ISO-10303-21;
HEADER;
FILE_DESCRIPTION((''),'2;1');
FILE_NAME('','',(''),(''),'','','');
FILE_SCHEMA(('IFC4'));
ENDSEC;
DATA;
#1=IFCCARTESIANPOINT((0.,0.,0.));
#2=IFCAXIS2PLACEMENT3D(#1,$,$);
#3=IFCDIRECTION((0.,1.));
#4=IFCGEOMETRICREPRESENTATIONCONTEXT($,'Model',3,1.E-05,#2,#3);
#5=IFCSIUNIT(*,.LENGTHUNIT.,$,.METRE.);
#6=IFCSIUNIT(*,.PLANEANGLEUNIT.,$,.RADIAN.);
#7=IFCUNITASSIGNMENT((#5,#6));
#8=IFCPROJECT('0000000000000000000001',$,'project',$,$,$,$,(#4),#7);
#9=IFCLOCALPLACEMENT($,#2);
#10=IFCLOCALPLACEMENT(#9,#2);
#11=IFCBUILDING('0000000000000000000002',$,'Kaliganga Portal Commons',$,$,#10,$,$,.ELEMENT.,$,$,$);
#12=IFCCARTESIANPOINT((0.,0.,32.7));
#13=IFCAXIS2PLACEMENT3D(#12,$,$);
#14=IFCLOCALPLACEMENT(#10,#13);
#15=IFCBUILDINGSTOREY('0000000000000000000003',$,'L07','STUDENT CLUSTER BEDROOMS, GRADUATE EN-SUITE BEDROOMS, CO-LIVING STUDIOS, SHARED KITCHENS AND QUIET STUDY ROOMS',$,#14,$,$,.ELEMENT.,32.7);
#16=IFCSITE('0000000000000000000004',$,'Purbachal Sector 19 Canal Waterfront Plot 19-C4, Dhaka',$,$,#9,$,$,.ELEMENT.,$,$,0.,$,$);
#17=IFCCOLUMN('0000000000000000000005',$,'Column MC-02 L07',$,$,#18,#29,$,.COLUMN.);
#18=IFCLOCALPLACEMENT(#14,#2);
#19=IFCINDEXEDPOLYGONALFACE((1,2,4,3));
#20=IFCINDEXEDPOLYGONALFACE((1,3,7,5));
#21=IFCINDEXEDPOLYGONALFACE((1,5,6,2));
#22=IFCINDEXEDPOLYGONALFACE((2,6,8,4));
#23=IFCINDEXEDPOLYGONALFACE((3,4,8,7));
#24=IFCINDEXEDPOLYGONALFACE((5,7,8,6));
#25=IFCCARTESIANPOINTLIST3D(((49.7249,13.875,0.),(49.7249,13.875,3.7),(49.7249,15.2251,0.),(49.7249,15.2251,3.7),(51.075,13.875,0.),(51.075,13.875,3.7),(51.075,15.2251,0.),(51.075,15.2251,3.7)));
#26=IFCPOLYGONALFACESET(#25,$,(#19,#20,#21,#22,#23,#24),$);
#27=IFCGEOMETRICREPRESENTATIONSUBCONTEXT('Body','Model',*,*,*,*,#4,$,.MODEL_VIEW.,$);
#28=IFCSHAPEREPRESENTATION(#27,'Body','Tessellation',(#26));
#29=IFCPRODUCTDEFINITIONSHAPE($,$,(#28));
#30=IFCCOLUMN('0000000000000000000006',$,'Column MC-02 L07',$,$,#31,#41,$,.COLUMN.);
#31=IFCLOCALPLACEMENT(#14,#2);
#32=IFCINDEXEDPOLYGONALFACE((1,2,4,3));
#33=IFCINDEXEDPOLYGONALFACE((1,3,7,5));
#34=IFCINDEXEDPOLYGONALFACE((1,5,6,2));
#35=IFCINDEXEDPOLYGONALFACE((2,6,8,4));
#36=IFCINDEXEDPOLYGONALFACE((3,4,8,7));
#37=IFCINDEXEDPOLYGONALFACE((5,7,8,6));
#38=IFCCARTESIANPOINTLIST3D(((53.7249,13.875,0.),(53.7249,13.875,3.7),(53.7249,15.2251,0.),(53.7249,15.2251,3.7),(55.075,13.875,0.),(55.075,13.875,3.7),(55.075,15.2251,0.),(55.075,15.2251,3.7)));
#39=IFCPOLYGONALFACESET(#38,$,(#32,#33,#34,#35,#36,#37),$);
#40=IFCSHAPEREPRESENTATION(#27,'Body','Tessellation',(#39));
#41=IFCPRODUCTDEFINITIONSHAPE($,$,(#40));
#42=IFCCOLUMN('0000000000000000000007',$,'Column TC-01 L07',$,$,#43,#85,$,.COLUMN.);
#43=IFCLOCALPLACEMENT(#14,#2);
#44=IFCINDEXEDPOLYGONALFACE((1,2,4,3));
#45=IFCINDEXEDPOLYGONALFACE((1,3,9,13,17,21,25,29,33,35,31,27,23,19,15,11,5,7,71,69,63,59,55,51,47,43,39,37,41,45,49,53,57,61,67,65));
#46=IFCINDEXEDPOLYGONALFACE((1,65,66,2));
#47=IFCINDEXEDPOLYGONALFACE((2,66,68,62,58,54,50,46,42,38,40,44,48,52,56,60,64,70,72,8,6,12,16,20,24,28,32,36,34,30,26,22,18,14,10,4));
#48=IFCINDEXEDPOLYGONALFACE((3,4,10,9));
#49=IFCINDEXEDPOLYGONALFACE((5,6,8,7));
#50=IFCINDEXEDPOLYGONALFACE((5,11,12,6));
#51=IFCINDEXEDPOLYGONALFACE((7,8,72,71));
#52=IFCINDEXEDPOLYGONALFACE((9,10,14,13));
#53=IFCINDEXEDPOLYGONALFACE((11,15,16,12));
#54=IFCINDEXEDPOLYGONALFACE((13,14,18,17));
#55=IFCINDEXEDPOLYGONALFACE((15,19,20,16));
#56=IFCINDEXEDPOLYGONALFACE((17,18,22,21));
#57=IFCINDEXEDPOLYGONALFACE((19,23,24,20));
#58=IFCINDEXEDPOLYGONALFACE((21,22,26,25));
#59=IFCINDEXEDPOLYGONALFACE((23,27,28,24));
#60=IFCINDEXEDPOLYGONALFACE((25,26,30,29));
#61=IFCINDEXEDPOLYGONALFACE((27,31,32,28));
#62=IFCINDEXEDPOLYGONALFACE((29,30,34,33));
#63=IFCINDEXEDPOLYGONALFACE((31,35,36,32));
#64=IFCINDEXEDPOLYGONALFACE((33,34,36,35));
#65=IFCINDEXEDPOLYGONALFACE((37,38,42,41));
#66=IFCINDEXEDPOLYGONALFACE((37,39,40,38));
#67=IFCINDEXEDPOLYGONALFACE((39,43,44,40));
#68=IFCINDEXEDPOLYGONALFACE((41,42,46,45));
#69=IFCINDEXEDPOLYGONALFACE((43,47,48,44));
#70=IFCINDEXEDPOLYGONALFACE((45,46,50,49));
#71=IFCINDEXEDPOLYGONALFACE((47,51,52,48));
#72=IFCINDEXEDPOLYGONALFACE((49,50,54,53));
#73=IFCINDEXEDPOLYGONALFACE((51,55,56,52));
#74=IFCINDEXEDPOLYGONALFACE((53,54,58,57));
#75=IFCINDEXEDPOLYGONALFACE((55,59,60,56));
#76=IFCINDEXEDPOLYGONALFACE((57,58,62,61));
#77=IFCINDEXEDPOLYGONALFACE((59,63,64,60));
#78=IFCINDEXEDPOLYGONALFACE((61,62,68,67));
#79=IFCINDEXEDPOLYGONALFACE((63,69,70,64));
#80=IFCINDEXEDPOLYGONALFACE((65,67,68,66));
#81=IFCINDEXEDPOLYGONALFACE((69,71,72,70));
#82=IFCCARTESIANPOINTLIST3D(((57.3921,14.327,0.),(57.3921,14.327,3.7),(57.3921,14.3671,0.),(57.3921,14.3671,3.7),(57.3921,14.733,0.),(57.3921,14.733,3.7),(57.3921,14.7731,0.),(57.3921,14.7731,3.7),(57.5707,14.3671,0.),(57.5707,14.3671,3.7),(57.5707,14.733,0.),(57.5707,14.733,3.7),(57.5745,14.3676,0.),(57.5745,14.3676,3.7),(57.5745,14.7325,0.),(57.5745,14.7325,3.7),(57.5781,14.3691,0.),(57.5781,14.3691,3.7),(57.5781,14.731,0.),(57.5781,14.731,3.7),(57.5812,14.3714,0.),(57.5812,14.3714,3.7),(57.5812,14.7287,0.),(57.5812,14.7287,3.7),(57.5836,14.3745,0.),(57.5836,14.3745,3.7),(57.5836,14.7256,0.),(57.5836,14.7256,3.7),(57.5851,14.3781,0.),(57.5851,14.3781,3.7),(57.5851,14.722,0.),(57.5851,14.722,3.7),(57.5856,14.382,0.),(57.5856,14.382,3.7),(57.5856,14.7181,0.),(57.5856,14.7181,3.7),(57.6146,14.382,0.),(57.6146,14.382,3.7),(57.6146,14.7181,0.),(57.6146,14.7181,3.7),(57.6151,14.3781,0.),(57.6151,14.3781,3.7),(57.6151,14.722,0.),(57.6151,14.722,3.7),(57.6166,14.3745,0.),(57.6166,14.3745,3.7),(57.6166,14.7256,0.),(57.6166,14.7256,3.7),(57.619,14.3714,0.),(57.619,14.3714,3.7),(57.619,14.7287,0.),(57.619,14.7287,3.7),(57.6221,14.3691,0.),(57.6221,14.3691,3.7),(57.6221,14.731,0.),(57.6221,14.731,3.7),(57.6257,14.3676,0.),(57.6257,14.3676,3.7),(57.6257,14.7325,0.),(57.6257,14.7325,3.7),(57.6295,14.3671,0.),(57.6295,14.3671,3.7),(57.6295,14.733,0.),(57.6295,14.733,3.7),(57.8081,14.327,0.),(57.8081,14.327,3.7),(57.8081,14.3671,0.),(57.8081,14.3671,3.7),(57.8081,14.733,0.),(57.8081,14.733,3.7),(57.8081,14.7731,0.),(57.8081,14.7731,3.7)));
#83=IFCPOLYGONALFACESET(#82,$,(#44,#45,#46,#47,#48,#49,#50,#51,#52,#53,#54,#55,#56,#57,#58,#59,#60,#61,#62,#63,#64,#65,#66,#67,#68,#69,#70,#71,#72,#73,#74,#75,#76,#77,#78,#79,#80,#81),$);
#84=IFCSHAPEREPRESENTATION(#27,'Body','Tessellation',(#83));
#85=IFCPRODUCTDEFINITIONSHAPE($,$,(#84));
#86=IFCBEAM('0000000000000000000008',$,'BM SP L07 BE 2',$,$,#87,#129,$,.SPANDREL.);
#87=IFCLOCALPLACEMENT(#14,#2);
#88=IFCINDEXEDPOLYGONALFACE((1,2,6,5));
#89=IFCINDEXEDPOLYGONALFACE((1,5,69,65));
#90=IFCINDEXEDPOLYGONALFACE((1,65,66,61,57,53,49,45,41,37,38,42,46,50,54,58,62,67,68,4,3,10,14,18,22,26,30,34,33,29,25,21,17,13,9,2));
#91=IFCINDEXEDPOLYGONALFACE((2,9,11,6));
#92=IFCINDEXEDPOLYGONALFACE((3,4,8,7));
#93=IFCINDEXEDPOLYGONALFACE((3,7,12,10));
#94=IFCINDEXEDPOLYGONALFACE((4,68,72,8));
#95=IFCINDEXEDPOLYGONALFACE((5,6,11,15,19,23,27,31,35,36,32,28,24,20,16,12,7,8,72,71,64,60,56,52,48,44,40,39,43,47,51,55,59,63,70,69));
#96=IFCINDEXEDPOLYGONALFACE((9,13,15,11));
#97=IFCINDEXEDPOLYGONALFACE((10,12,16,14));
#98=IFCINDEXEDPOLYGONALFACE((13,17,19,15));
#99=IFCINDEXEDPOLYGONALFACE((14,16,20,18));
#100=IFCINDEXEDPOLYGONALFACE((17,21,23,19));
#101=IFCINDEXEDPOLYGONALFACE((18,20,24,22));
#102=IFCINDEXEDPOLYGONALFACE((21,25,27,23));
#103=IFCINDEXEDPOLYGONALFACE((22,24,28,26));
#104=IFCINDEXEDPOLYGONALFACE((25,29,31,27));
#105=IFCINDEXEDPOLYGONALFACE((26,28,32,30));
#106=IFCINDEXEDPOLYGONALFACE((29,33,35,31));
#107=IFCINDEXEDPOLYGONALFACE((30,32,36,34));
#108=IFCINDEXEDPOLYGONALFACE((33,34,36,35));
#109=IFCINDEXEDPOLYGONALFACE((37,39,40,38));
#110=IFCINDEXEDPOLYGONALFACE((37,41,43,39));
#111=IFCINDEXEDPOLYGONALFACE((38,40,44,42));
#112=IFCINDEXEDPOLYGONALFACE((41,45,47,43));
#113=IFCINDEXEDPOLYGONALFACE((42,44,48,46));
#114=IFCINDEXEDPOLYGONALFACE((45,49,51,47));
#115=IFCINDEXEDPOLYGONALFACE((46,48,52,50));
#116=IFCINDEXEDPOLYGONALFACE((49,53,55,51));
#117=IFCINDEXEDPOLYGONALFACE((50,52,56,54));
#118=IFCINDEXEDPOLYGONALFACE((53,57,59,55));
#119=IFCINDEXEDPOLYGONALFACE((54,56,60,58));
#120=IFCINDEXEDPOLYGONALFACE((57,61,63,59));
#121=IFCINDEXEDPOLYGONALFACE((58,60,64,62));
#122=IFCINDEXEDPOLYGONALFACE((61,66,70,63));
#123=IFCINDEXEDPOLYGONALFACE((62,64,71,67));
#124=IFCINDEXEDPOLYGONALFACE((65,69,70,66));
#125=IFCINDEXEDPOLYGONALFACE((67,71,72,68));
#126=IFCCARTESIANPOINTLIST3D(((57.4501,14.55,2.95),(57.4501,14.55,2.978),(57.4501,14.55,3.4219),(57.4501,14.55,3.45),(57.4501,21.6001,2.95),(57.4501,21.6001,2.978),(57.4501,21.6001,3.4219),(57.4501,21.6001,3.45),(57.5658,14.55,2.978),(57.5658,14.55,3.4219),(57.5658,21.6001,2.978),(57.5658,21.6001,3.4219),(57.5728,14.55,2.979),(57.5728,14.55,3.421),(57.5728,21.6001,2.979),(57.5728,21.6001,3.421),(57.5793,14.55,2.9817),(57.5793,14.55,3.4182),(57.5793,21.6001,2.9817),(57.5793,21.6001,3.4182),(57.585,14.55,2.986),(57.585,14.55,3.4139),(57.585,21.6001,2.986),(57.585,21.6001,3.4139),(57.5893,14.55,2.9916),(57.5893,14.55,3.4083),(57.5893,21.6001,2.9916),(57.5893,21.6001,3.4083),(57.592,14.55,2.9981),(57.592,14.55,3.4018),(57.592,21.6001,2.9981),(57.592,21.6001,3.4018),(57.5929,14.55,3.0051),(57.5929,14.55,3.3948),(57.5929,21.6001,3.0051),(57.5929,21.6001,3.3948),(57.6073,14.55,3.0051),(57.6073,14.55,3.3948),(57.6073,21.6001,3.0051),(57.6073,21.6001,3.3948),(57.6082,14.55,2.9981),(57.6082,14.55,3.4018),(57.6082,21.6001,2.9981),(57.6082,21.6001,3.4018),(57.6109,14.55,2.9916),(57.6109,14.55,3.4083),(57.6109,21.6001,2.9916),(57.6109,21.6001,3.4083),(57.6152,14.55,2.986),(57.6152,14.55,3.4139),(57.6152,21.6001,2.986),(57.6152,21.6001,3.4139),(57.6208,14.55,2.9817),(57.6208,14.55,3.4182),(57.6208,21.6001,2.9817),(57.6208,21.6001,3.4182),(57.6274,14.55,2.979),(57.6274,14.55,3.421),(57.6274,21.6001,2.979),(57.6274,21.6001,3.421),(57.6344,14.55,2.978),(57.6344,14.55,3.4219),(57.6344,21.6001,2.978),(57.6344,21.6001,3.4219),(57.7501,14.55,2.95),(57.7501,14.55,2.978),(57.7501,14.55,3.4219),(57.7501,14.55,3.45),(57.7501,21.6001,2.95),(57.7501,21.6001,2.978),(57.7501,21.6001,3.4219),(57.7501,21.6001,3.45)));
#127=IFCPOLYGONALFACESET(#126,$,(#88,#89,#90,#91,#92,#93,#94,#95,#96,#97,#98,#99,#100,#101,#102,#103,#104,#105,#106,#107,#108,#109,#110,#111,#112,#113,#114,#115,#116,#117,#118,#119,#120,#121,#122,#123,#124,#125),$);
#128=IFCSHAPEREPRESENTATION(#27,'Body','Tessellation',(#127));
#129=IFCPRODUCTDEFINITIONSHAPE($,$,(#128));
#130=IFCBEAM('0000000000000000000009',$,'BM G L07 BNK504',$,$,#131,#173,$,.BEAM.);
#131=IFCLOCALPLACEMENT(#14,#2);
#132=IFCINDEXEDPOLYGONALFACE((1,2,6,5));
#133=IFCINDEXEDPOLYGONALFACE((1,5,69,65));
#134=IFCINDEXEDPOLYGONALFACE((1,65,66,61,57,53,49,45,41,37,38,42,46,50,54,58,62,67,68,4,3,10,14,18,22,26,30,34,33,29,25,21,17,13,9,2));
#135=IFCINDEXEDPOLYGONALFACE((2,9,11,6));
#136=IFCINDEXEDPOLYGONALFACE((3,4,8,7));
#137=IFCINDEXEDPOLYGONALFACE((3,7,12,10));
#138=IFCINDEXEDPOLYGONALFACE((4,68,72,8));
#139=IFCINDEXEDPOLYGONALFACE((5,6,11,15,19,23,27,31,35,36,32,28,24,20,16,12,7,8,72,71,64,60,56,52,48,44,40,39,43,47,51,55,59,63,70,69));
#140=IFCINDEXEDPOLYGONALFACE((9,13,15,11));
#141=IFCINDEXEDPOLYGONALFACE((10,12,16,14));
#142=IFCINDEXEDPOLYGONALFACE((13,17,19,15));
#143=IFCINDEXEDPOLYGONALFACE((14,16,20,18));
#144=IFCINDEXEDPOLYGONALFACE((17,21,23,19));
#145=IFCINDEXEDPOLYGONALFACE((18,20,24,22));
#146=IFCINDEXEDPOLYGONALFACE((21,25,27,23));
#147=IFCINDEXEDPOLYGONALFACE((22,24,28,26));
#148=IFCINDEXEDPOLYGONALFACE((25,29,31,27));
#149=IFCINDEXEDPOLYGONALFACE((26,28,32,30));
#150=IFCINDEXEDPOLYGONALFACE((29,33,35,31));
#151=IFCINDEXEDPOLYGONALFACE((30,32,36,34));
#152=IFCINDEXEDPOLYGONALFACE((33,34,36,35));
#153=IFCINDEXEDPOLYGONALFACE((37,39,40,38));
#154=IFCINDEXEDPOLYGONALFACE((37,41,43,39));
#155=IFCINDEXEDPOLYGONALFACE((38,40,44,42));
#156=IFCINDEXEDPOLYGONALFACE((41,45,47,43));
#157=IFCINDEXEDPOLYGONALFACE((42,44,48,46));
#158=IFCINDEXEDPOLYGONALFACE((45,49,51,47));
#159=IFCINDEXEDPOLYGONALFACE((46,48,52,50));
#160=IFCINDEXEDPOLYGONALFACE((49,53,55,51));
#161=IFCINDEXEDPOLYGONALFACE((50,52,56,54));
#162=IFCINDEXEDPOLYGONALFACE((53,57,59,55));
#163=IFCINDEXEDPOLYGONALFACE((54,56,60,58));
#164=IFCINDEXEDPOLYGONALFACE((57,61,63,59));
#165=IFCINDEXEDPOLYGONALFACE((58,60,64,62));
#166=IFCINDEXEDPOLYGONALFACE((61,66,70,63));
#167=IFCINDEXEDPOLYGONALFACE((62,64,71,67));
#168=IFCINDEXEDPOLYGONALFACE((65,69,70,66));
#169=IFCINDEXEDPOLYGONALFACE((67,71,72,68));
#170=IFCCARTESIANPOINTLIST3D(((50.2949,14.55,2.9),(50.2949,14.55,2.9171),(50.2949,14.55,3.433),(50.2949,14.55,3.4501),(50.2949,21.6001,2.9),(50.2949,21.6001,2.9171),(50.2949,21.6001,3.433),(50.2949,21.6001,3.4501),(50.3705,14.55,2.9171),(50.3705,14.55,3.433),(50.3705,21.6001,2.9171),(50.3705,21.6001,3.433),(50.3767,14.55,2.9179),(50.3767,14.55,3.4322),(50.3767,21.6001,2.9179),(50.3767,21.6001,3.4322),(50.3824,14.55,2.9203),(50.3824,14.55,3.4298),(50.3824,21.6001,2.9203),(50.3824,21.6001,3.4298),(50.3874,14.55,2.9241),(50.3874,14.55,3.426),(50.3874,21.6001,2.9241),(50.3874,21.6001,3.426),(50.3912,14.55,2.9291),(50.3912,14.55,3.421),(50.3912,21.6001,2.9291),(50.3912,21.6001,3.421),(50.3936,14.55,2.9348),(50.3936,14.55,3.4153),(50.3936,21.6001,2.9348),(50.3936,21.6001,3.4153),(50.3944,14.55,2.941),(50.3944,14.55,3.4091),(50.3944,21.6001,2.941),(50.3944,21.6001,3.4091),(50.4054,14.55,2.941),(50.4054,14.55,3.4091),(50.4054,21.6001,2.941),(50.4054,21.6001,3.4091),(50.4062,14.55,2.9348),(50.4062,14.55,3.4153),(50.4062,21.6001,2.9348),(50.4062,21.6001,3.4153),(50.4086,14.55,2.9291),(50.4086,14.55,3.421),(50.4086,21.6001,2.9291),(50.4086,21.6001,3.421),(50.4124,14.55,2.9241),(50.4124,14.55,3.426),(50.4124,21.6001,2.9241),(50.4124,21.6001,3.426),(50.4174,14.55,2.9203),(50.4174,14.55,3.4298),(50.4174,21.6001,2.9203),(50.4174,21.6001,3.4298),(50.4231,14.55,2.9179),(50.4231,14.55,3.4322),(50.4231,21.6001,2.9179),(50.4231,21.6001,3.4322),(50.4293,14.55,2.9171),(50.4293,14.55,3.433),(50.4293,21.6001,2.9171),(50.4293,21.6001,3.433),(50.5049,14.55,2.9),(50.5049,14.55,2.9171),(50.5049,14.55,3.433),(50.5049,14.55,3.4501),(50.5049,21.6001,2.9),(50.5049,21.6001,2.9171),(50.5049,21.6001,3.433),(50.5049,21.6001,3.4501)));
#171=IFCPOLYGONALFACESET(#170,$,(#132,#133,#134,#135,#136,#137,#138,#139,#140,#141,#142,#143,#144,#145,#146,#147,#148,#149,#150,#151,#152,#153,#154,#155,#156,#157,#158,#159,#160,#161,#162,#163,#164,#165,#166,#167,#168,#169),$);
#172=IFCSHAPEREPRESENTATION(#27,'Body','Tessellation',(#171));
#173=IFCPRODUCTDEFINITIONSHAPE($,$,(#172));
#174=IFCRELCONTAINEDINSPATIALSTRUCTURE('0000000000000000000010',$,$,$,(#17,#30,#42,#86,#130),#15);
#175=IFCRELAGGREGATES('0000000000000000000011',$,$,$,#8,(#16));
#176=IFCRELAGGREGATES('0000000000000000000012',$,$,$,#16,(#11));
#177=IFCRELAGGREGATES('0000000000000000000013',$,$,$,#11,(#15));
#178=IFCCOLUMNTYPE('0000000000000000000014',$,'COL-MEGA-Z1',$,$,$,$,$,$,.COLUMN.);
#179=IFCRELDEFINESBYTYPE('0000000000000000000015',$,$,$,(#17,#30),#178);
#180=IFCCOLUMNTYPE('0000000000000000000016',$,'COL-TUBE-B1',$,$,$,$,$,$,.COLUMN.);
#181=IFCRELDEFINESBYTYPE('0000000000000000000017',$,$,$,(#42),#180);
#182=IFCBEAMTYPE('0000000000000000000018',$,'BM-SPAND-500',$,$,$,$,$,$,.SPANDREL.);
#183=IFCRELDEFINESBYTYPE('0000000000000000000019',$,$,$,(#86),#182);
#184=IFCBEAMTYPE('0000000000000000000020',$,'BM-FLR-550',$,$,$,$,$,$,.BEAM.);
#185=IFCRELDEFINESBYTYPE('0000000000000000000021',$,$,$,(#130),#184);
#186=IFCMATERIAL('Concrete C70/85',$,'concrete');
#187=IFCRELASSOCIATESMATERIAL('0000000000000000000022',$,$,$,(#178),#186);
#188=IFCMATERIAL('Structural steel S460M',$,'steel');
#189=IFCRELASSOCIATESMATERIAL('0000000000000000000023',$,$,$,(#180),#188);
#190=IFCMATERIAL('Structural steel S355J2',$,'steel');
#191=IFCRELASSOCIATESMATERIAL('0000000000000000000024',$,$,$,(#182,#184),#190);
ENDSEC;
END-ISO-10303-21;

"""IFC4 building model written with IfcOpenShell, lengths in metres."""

from ifc_helpers import new_model, si_unit, direction, frame, origin, origin_2d, place, context, subcontext, project, spatial, rectangle, i_section, extrude, source, transform, mapped, material, material_profile, profile_set, type_object, element, save


model = new_model("IFC4")

# Units and contexts
model_context = context("Model", 3, precision=1e-05, world=origin(), true_north=direction((0.0, 1.0)))
body_context = subcontext(model_context, "Body", "Model", "MODEL_VIEW")
ifc_project = project(units=[si_unit("LENGTHUNIT", "METRE"), si_unit("PLANEANGLEUNIT", "RADIAN")], contexts=[model_context])

# Site, building, storey
site_placement = place(None, origin())
site = spatial("IfcSite", under=ifc_project, at=site_placement, Name="Purbachal Sector 19 Canal Waterfront Plot 19-C4, Dhaka", CompositionType="ELEMENT", RefElevation=0.0)
building_placement = place(site_placement, origin())
building = spatial("IfcBuilding", under=site, at=building_placement, Name="Kaliganga Portal Commons", CompositionType="ELEMENT")
storey_placement = place(building_placement, frame((0.0, 0.0, 32.7)))
storey = spatial("IfcBuildingStorey", under=building, at=storey_placement, Name="L07", Description="STUDENT CLUSTER BEDROOMS, GRADUATE EN-SUITE BEDROOMS, CO-LIVING STUDIOS, SHARED KITCHENS AND QUIET STUDY ROOMS", CompositionType="ELEMENT", Elevation=32.7)

# Columns
ifc_material_1 = material(Name="Concrete C70/85", Category="concrete")
ifc_material_profile_1 = material_profile(ifc_material_1, rectangle(XDim=1.3501, YDim=1.3501, at=origin_2d()), Name="RC 1350x1350")
ifc_profile_set_1 = profile_set([ifc_material_profile_1], Name="Concrete C70/85")
column_type_1 = type_object("IfcColumnType", Name="COL-MEGA-Z1", PredefinedType="COLUMN", material=ifc_profile_set_1)
shared_shape_1 = source(origin(), body_context, "Body", "SweptSolid", [
    extrude(rectangle(XDim=1.3501, YDim=1.3501, at=origin_2d()), origin(), (0.0, 0.0, 1.0), 3.7),
])
for number, where, z_axis, x_axis, name in (
    (1, (50.3999, 14.55, 0.0), (0.0, 0.0, 1.0), (1.0, 0.0, 0.0), "Column MC-02 L07"),
    (2, (54.3999, 14.55, 0.0), (0.0, 0.0, 1.0), (1.0, 0.0, 0.0), "Column MC-02 L07"),
):
    element("IfcColumn", number, at=place(storey_placement, frame(where, z_axis=z_axis, x_axis=x_axis)), inside=storey, type_object=column_type_1, Name=name, PredefinedType="COLUMN", context=body_context, shape_type="MappedRepresentation", body=[
        mapped(shared_shape_1, transform((0.0, 0.0, 0.0), x_axis=(1.0, 0.0, 0.0), y_axis=(0.0, 1.0, 0.0), z_axis=(0.0, 0.0, 1.0), scale=1.0)),
    ])
ifc_material_2 = material(Name="Structural steel S460M", Category="steel")
ifc_material_profile_2 = material_profile(ifc_material_2, i_section(OverallWidth=0.416, OverallDepth=0.446, WebThickness=0.0291, FlangeThickness=0.04, FilletRadius=0.0149, at=origin_2d()), Name="HD 400x509")
ifc_profile_set_2 = profile_set([ifc_material_profile_2], Name="Structural steel S460M wide-flange")
column_type_2 = type_object("IfcColumnType", Name="COL-TUBE-B1", PredefinedType="COLUMN", material=ifc_profile_set_2)
shared_shape_2 = source(origin(), body_context, "Body", "SweptSolid", [
    extrude(i_section(OverallWidth=0.416, OverallDepth=0.446, WebThickness=0.0291, FlangeThickness=0.04, FilletRadius=0.0149, at=origin_2d()), origin(), (0.0, 0.0, 1.0), 3.7),
])
column_placement = place(storey_placement, frame((57.6001, 14.55, 0.0), z_axis=(0.0, 0.0, 1.0), x_axis=(1.0, 0.0, 0.0)))
element("IfcColumn", 3, at=column_placement, inside=storey, type_object=column_type_2, Name="Column TC-01 L07", PredefinedType="COLUMN", context=body_context, shape_type="MappedRepresentation", body=[
    mapped(shared_shape_2, transform((0.0, 0.0, 0.0), x_axis=(1.0, 0.0, 0.0), y_axis=(0.0, 1.0, 0.0), z_axis=(0.0, 0.0, 1.0), scale=1.0)),
])

# Beams
ifc_material_3 = material(Name="Structural steel S355J2", Category="steel")
ifc_material_profile_3 = material_profile(ifc_material_3, i_section(OverallWidth=0.3, OverallDepth=0.5, WebThickness=0.0144, FlangeThickness=0.0281, FilletRadius=0.0271, at=origin_2d()), Name="HE 500 B")
ifc_profile_set_3 = profile_set([ifc_material_profile_3], Name="Structural steel S355J2 wide-flange")
beam_type_1 = type_object("IfcBeamType", Name="BM-SPAND-500", PredefinedType="SPANDREL", material=ifc_profile_set_3)
shared_shape_3 = source(origin(), body_context, "Body", "SweptSolid", [
    extrude(i_section(OverallWidth=0.3, OverallDepth=0.5, WebThickness=0.0144, FlangeThickness=0.0281, FilletRadius=0.0271, at=origin_2d()), origin(), (0.0, 0.0, 1.0), 7.05),
])
beam_1_placement = place(storey_placement, frame((57.6001, 14.55, 3.2), z_axis=(0.0, 1.0, 0.0), x_axis=(-1.0, 0.0, 0.0)))
element("IfcBeam", 4, at=beam_1_placement, inside=storey, type_object=beam_type_1, Name="BM SP L07 BE 2", PredefinedType="SPANDREL", context=body_context, shape_type="MappedRepresentation", body=[
    mapped(shared_shape_3, transform((0.0, 0.0, 0.0), x_axis=(1.0, 0.0, 0.0), y_axis=(0.0, 1.0, 0.0), z_axis=(0.0, 0.0, 1.0), scale=1.0)),
])
ifc_material_profile_4 = material_profile(ifc_material_3, i_section(OverallWidth=0.21, OverallDepth=0.55, WebThickness=0.011, FlangeThickness=0.0171, FilletRadius=0.0239, at=origin_2d()), Name="IPE 550")
ifc_profile_set_4 = profile_set([ifc_material_profile_4], Name="Structural steel S355J2 wide-flange")
beam_type_2 = type_object("IfcBeamType", Name="BM-FLR-550", PredefinedType="BEAM", material=ifc_profile_set_4)
shared_shape_4 = source(origin(), body_context, "Body", "SweptSolid", [
    extrude(i_section(OverallWidth=0.21, OverallDepth=0.55, WebThickness=0.011, FlangeThickness=0.0171, FilletRadius=0.0239, at=origin_2d()), origin(), (0.0, 0.0, 1.0), 7.05),
])
for number, where, z_axis, x_axis, name in (
    (5, (50.3999, 14.55, 3.175), (0.0, 1.0, 0.0), (-1.0, 0.0, 0.0), "BM G L07 BNK504"),
):
    element("IfcBeam", number, at=place(storey_placement, frame(where, z_axis=z_axis, x_axis=x_axis)), inside=storey, type_object=beam_type_2, Name=name, PredefinedType="BEAM", context=body_context, shape_type="MappedRepresentation", body=[
        mapped(shared_shape_4, transform((0.0, 0.0, 0.0), x_axis=(1.0, 0.0, 0.0), y_axis=(0.0, 1.0, 0.0), z_axis=(0.0, 0.0, 1.0), scale=1.0)),
    ])

save(model, "model.ifc")
